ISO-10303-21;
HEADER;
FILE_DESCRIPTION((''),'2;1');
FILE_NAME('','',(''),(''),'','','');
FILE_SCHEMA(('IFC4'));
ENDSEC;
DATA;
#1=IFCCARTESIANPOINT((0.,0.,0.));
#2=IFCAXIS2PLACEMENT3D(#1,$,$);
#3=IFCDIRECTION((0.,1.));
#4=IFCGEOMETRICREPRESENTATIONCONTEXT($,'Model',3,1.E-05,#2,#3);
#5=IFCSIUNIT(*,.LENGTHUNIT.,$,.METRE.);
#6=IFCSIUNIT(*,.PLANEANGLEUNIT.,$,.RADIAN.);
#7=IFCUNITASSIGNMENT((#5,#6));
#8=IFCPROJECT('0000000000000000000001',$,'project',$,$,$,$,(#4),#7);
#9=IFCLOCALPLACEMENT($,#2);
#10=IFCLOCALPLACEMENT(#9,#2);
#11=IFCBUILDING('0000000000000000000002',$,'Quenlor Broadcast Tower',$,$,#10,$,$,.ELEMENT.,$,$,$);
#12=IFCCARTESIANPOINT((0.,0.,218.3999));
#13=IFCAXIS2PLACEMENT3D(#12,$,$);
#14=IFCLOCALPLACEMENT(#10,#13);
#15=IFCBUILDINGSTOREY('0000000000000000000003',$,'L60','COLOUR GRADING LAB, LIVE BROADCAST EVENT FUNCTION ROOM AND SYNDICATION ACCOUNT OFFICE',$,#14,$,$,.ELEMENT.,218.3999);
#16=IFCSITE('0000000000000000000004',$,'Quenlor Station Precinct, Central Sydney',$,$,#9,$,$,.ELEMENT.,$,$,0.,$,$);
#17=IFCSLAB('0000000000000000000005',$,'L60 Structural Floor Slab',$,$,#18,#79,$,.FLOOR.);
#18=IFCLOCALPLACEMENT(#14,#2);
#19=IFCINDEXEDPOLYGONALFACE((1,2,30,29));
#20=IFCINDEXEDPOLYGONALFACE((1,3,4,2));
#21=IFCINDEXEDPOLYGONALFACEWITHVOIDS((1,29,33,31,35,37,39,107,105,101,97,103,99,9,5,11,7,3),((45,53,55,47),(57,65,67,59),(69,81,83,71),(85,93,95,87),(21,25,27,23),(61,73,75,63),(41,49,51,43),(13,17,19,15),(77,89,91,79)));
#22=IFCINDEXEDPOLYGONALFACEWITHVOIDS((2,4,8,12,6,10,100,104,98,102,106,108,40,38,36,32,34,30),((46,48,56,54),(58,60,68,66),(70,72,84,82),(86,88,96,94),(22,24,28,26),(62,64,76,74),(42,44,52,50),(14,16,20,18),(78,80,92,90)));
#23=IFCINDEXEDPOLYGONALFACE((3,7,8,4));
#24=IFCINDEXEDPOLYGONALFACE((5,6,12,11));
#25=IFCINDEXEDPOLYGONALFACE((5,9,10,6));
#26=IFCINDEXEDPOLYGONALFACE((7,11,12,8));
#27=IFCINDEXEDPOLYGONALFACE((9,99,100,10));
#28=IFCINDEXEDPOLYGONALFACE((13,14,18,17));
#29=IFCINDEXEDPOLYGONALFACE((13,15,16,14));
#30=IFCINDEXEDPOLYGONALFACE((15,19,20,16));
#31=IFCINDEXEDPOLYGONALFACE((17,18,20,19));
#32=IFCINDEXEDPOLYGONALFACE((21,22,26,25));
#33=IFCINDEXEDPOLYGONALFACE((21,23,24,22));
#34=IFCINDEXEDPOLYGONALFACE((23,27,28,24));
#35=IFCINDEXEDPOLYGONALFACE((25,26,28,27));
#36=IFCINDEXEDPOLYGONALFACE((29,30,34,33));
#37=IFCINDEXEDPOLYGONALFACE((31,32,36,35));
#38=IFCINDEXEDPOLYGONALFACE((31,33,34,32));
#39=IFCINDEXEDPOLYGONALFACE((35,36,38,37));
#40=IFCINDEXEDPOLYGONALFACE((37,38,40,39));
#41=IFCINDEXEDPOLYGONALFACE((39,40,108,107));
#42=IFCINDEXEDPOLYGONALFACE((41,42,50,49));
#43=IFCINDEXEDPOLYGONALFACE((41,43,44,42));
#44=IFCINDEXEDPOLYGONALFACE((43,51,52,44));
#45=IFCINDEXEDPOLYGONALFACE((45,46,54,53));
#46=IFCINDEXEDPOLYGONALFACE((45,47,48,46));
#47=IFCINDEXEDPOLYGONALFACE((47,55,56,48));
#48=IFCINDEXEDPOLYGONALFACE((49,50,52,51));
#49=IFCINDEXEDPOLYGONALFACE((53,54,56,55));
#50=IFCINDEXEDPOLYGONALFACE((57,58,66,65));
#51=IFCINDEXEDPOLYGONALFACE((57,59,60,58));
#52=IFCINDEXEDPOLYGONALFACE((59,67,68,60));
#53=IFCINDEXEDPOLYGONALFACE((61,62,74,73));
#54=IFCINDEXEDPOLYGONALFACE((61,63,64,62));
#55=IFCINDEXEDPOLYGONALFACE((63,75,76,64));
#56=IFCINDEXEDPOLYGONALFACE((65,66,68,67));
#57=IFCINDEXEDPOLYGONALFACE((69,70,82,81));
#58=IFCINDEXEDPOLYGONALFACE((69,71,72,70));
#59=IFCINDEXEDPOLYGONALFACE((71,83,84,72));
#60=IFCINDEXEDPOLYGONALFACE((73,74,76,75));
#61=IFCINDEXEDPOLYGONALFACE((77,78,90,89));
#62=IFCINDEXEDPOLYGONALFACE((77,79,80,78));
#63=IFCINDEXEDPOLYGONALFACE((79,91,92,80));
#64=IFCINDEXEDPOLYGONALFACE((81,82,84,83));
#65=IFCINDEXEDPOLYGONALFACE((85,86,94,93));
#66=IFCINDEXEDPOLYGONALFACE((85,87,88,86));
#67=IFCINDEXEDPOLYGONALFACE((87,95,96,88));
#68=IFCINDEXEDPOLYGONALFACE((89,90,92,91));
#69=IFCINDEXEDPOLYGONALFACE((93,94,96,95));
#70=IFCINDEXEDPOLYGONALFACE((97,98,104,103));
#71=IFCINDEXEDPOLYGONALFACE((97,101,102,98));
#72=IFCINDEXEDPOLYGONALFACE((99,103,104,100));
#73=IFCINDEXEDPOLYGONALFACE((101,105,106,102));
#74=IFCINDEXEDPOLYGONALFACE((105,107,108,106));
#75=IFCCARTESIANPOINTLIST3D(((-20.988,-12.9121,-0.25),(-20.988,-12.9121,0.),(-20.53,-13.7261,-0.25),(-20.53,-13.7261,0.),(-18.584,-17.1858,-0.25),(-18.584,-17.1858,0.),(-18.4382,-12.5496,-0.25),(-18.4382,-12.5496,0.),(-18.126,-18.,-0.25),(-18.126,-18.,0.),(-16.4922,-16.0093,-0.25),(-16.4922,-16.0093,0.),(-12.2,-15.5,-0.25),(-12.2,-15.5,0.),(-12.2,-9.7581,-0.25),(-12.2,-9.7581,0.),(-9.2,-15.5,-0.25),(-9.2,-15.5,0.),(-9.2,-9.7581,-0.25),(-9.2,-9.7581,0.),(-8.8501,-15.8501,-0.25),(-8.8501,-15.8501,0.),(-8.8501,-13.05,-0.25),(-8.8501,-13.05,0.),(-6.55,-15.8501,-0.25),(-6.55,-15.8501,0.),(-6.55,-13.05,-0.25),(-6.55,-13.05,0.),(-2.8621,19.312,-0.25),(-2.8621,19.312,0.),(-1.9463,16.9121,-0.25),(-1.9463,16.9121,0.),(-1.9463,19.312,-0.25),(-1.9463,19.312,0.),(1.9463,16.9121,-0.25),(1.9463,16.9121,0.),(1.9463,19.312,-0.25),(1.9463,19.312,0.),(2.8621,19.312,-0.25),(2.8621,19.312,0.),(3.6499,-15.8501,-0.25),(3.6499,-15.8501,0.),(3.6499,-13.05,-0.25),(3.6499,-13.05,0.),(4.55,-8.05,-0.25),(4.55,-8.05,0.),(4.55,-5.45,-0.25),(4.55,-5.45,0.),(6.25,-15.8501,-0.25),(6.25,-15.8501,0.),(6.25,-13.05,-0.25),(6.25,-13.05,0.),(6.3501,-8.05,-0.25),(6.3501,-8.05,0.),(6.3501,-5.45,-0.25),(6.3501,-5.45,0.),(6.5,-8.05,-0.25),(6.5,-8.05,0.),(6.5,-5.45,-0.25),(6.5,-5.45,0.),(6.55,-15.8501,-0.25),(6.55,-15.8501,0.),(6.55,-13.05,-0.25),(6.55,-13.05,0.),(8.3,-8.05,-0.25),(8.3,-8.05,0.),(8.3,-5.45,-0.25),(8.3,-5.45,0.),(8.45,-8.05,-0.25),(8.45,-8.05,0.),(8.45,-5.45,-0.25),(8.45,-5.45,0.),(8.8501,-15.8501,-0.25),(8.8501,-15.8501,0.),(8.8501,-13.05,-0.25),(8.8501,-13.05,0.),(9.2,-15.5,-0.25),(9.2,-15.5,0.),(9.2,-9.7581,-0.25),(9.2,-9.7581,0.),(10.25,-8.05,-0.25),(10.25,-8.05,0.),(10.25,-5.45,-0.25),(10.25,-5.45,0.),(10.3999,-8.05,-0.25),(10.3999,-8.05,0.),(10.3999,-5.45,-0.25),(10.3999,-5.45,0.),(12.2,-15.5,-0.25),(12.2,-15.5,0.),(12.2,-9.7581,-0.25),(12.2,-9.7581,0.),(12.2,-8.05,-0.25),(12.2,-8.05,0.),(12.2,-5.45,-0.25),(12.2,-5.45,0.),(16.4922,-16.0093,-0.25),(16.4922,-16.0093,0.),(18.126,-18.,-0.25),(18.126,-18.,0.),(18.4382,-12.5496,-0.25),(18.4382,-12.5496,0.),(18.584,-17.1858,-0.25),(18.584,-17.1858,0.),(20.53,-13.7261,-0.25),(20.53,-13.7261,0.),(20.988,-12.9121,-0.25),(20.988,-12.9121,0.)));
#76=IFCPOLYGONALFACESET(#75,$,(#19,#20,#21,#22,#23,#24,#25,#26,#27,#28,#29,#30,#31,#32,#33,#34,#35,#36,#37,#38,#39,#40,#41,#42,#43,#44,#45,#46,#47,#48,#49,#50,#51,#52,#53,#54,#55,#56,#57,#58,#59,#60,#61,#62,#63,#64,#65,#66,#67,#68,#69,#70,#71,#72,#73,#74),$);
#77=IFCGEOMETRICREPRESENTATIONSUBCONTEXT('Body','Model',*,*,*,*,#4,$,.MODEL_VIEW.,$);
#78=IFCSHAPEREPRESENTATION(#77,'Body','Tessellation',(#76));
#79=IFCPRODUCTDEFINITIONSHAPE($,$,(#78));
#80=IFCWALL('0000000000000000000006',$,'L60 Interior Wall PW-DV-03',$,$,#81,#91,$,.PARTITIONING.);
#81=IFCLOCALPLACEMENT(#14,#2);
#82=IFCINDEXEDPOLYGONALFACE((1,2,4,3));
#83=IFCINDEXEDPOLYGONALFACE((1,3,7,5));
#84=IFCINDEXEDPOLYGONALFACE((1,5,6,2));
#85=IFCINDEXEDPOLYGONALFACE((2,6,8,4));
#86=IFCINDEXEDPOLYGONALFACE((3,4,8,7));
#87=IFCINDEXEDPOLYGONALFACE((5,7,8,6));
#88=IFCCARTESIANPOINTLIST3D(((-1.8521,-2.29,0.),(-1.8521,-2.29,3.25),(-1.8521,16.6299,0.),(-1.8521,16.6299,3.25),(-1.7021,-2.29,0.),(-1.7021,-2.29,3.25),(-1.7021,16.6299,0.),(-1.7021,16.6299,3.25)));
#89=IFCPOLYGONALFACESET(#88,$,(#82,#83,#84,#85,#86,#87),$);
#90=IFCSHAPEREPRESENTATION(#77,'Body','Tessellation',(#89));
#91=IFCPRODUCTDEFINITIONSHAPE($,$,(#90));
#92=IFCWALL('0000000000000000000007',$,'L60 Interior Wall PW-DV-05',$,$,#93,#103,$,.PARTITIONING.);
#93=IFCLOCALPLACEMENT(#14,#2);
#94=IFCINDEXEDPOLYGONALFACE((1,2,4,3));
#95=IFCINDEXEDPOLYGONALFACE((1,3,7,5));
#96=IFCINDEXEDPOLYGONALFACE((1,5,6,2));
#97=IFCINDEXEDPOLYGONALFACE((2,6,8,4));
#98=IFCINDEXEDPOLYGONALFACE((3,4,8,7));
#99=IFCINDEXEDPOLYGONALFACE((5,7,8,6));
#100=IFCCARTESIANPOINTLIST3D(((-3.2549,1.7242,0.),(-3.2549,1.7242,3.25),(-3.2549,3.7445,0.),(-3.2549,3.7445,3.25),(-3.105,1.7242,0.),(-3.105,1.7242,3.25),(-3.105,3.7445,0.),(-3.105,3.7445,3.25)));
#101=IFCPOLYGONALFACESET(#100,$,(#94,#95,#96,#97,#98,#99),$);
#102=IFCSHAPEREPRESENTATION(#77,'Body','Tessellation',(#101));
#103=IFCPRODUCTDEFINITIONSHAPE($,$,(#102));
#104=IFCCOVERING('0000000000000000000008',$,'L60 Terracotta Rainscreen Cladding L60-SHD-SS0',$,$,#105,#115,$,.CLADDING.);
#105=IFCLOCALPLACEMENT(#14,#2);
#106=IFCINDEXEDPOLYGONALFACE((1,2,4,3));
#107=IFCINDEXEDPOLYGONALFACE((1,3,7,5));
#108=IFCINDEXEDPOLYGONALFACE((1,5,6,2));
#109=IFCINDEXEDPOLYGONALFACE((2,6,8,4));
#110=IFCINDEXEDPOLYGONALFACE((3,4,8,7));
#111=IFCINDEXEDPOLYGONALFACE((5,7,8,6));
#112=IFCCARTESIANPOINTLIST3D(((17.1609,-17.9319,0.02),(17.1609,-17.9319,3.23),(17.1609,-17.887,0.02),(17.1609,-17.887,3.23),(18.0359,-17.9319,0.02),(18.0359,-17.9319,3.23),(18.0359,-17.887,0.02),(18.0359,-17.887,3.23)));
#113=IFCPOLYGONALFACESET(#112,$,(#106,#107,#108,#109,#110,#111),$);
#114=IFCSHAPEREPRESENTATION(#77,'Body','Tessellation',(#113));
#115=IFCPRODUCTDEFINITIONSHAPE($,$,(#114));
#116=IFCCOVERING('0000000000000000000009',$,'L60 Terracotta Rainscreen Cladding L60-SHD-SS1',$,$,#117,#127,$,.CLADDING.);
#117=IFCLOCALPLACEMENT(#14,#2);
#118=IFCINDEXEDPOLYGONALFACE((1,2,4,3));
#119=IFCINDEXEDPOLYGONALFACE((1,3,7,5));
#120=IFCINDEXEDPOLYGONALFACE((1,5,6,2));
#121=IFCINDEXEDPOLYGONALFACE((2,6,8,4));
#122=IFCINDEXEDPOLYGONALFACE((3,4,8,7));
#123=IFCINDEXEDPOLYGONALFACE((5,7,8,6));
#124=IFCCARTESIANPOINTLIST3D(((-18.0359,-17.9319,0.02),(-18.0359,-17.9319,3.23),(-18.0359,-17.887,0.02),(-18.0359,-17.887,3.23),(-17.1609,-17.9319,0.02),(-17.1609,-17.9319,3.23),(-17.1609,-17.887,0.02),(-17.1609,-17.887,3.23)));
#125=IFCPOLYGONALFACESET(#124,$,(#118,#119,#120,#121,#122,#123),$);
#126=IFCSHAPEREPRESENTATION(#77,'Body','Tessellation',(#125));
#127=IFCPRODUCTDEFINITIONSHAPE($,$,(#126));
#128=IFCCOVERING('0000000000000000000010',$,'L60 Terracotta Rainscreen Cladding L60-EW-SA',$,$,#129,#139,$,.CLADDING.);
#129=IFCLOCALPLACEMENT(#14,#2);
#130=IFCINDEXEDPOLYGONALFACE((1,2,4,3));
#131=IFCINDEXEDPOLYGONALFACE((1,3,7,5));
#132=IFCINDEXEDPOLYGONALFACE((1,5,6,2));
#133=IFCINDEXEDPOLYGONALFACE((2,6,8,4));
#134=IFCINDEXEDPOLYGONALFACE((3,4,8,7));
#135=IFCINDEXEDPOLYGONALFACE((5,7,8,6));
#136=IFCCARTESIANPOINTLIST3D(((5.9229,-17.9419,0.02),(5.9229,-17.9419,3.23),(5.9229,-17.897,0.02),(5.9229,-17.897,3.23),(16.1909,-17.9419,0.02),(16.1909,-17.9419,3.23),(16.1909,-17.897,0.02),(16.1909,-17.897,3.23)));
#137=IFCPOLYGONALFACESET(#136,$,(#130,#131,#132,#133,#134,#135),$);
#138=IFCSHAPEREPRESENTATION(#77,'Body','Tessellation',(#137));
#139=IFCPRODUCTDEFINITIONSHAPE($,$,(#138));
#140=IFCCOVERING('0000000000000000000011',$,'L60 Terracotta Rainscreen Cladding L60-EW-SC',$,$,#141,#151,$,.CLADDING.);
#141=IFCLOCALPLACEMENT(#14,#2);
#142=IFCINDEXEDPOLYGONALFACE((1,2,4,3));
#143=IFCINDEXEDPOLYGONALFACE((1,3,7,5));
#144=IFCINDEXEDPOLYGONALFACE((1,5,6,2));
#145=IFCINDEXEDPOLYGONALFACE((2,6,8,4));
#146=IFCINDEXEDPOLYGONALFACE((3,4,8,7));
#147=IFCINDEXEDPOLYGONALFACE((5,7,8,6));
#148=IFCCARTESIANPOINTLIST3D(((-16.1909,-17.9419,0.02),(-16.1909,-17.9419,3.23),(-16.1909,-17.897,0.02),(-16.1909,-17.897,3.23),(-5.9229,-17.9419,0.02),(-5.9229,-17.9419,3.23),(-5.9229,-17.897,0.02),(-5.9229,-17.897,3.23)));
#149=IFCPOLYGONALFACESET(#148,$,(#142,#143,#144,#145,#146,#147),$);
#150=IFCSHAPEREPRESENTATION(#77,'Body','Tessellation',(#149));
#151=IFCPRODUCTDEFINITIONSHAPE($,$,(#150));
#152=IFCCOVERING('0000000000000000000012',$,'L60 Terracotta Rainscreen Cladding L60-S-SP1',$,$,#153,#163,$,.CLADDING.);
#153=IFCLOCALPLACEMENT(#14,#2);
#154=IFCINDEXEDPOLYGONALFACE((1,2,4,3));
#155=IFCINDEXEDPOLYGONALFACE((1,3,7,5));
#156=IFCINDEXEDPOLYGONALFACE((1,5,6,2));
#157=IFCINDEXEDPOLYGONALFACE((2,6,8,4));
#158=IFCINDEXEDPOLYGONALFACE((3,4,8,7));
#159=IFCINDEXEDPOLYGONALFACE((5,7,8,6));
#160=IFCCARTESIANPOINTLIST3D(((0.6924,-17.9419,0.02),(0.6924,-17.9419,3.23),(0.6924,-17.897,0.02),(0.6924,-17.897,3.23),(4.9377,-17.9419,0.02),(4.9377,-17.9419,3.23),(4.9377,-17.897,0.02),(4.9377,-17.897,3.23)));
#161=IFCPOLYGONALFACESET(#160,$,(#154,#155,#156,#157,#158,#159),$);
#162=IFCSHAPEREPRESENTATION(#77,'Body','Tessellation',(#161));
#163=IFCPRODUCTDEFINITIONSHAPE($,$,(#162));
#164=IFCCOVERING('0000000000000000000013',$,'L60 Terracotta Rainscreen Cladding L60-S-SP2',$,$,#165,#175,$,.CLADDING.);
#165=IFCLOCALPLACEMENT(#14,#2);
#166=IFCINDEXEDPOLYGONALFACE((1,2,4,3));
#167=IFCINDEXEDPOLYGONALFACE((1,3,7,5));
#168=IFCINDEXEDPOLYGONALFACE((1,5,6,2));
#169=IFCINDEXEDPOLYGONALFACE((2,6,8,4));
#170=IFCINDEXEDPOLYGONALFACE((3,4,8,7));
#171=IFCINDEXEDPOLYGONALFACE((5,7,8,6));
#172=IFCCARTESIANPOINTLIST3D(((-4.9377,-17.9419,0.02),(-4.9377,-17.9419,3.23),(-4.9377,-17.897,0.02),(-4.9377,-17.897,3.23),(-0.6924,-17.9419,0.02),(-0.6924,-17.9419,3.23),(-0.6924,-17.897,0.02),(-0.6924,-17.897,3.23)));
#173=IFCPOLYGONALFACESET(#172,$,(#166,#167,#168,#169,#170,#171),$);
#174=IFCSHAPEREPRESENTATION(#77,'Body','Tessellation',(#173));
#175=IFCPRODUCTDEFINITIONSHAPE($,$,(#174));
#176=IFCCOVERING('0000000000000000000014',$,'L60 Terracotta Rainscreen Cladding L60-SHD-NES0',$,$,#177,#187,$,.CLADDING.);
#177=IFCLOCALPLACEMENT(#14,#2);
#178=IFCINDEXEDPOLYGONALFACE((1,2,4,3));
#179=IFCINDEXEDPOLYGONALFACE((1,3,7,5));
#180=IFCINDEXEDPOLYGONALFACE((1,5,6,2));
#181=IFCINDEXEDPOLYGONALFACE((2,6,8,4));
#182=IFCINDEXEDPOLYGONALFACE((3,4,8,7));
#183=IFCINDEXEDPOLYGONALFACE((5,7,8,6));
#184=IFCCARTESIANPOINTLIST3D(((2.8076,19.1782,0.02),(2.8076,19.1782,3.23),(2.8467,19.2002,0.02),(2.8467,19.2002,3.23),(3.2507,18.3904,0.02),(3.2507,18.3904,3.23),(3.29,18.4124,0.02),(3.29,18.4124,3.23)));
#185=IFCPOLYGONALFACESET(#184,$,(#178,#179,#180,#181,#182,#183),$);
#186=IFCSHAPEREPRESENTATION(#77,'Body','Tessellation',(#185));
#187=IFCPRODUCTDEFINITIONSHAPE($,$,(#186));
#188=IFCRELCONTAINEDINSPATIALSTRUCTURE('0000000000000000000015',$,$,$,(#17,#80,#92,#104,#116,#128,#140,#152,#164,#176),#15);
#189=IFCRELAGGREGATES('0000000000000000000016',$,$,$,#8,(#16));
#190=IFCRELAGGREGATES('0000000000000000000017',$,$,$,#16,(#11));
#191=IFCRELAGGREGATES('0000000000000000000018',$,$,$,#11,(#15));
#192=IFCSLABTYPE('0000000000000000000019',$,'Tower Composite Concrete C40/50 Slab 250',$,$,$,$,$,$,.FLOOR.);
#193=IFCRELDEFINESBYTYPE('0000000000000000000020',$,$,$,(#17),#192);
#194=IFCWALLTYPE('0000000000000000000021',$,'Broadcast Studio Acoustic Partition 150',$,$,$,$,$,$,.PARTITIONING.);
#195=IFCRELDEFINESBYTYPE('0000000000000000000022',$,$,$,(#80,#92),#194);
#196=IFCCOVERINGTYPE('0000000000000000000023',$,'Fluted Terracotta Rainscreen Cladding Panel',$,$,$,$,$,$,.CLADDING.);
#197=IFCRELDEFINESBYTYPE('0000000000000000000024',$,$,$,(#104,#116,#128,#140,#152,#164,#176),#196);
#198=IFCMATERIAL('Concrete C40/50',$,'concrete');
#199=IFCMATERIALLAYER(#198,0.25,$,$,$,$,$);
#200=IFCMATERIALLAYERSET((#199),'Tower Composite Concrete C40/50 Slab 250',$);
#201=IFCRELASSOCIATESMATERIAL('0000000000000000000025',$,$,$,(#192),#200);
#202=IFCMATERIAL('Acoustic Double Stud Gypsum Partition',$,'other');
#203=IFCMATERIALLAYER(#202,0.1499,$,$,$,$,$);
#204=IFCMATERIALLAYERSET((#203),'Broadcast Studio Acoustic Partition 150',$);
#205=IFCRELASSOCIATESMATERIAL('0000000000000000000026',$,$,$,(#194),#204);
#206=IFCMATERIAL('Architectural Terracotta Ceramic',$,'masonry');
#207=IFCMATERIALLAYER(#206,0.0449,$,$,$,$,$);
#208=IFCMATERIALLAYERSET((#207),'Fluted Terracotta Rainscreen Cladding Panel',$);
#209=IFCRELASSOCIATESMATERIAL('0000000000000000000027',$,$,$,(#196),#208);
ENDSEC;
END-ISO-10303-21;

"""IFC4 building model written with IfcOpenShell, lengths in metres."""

from ifc_helpers import new_model, si_unit, direction, frame, frame_2d, origin, place, context, subcontext, project, spatial, polyline, rectangle, outline, extrude, material, layer, layer_set, type_object, element, save


model = new_model("IFC4")

# Units and contexts
model_context = context("Model", 3, precision=1e-05, world=origin(), true_north=direction((0.0, 1.0)))
body_context = subcontext(model_context, "Body", "Model", "MODEL_VIEW")
ifc_project = project(units=[si_unit("LENGTHUNIT", "METRE"), si_unit("PLANEANGLEUNIT", "RADIAN")], contexts=[model_context])

# Site, building, storey
site_placement = place(None, origin())
site = spatial("IfcSite", under=ifc_project, at=site_placement, Name="Quenlor Station Precinct, Central Sydney", CompositionType="ELEMENT", RefElevation=0.0)
building_placement = place(site_placement, origin())
building = spatial("IfcBuilding", under=site, at=building_placement, Name="Quenlor Broadcast Tower", CompositionType="ELEMENT")
storey_placement = place(building_placement, frame((0.0, 0.0, 218.3999)))
storey = spatial("IfcBuildingStorey", under=building, at=storey_placement, Name="L60", Description="COLOUR GRADING LAB, LIVE BROADCAST EVENT FUNCTION ROOM AND SYNDICATION ACCOUNT OFFICE", CompositionType="ELEMENT", Elevation=218.3999)

# Slab
ifc_material_1 = material(Name="Concrete C40/50", Category="concrete")
ifc_layer_1 = layer(ifc_material_1, 0.25)
ifc_layer_set_1 = layer_set([ifc_layer_1], Name="Tower Composite Concrete C40/50 Slab 250")
slab_type = type_object("IfcSlabType", Name="Tower Composite Concrete C40/50 Slab 250", PredefinedType="FLOOR", material=ifc_layer_set_1)
slab_placement = place(storey_placement, frame((0.0, 0.0, -0.25)))
element("IfcSlab", 1, at=slab_placement, inside=storey, type_object=slab_type, Name="L60 Structural Floor Slab", PredefinedType="FLOOR", context=body_context, shape_type="SweptSolid", body=[
    extrude(outline(polyline([(18.126, -18.0), (18.584, -17.1858), (16.4922, -16.0093), (18.4382, -12.5496), (20.53, -13.7261), (20.988, -12.9121), (2.8621, 19.312), (1.9463, 19.312), (1.9463, 16.9121), (-1.9463, 16.9121), (-1.9463, 19.312), (-2.8621, 19.312), (-20.988, -12.9121), (-20.53, -13.7261), (-18.4382, -12.5496), (-16.4922, -16.0093), (-18.584, -17.1858), (-18.126, -18.0), (18.126, -18.0)]), holes=[polyline([(-12.2, -9.7581), (-12.2, -15.5), (-9.2, -15.5), (-9.2, -9.7581), (-12.2, -9.7581)]), polyline([(9.2, -9.7581), (9.2, -15.5), (12.2, -15.5), (12.2, -9.7581), (9.2, -9.7581)]), polyline([(4.55, -8.05), (6.3501, -8.05), (6.3501, -5.45), (4.55, -5.45), (4.55, -8.05)]), polyline([(6.5, -8.05), (8.3, -8.05), (8.3, -5.45), (6.5, -5.45), (6.5, -8.05)]), polyline([(8.45, -8.05), (10.25, -8.05), (10.25, -5.45), (8.45, -5.45), (8.45, -8.05)]), polyline([(10.3999, -8.05), (12.2, -8.05), (12.2, -5.45), (10.3999, -5.45), (10.3999, -8.05)]), polyline([(-8.8501, -15.8501), (-6.55, -15.8501), (-6.55, -13.05), (-8.8501, -13.05), (-8.8501, -15.8501)]), polyline([(6.55, -15.8501), (8.8501, -15.8501), (8.8501, -13.05), (6.55, -13.05), (6.55, -15.8501)]), polyline([(3.6499, -15.8501), (6.25, -15.8501), (6.25, -13.05), (3.6499, -13.05), (3.6499, -15.8501)])]), origin(), (0.0, 0.0, 1.0), 0.25),
])

# Walls
ifc_material_2 = material(Name="Acoustic Double Stud Gypsum Partition", Category="other")
ifc_layer_2 = layer(ifc_material_2, 0.1499)
ifc_layer_set_2 = layer_set([ifc_layer_2], Name="Broadcast Studio Acoustic Partition 150")
wall_type = type_object("IfcWallType", Name="Broadcast Studio Acoustic Partition 150", PredefinedType="PARTITIONING", material=ifc_layer_set_2)
wall_1_placement = place(storey_placement, frame((-1.7771, -2.29, 0.0), z_axis=(0.0, 0.0, 1.0), x_axis=(0.0, 1.0, 0.0)))
element("IfcWall", 2, at=wall_1_placement, inside=storey, type_object=wall_type, Name="L60 Interior Wall PW-DV-03", PredefinedType="PARTITIONING", context=body_context, shape_type="SweptSolid", body=[
    extrude(rectangle(XDim=18.9199, YDim=0.1499, at=frame_2d((9.46, 0.0))), origin(), (0.0, 0.0, 1.0), 3.25),
])
wall_2_placement = place(storey_placement, frame((-3.1799, 1.7241, 0.0), z_axis=(0.0, 0.0, 1.0), x_axis=(0.0, 1.0, 0.0)))
element("IfcWall", 3, at=wall_2_placement, inside=storey, type_object=wall_type, Name="L60 Interior Wall PW-DV-05", PredefinedType="PARTITIONING", context=body_context, shape_type="SweptSolid", body=[
    extrude(rectangle(XDim=2.0203, YDim=0.1499, at=frame_2d((1.0103, 0.0))), origin(), (0.0, 0.0, 1.0), 3.25),
])

# Coverings
ifc_material_3 = material(Name="Architectural Terracotta Ceramic", Category="masonry")
ifc_layer_3 = layer(ifc_material_3, 0.0449)
ifc_layer_set_3 = layer_set([ifc_layer_3], Name="Fluted Terracotta Rainscreen Cladding Panel")
covering_type = type_object("IfcCoveringType", Name="Fluted Terracotta Rainscreen Cladding Panel", PredefinedType="CLADDING", material=ifc_layer_set_3)
covering_1_placement = place(storey_placement, frame((0.0, 0.0, 0.02)))
element("IfcCovering", 4, at=covering_1_placement, inside=storey, type_object=covering_type, Name="L60 Terracotta Rainscreen Cladding L60-SHD-SS0", PredefinedType="CLADDING", context=body_context, shape_type="SweptSolid", body=[
    extrude(outline(polyline([(18.0359, -17.887), (17.1609, -17.887), (17.1609, -17.9319), (18.0359, -17.9319), (18.0359, -17.887)])), origin(), (0.0, 0.0, 1.0), 3.21),
])
covering_2_placement = place(storey_placement, frame((0.0, 0.0, 0.02)))
element("IfcCovering", 5, at=covering_2_placement, inside=storey, type_object=covering_type, Name="L60 Terracotta Rainscreen Cladding L60-SHD-SS1", PredefinedType="CLADDING", context=body_context, shape_type="SweptSolid", body=[
    extrude(outline(polyline([(-17.1609, -17.887), (-18.0359, -17.887), (-18.0359, -17.9319), (-17.1609, -17.9319), (-17.1609, -17.887)])), origin(), (0.0, 0.0, 1.0), 3.21),
])
covering_3_placement = place(storey_placement, frame((0.0, 0.0, 0.02)))
element("IfcCovering", 6, at=covering_3_placement, inside=storey, type_object=covering_type, Name="L60 Terracotta Rainscreen Cladding L60-EW-SA", PredefinedType="CLADDING", context=body_context, shape_type="SweptSolid", body=[
    extrude(outline(polyline([(16.1909, -17.897), (5.9229, -17.897), (5.9229, -17.9419), (16.1909, -17.9419), (16.1909, -17.897)])), origin(), (0.0, 0.0, 1.0), 3.21),
])
covering_4_placement = place(storey_placement, frame((0.0, 0.0, 0.02)))
element("IfcCovering", 7, at=covering_4_placement, inside=storey, type_object=covering_type, Name="L60 Terracotta Rainscreen Cladding L60-EW-SC", PredefinedType="CLADDING", context=body_context, shape_type="SweptSolid", body=[
    extrude(outline(polyline([(-5.9229, -17.897), (-16.1909, -17.897), (-16.1909, -17.9419), (-5.9229, -17.9419), (-5.9229, -17.897)])), origin(), (0.0, 0.0, 1.0), 3.21),
])
covering_5_placement = place(storey_placement, frame((0.0, 0.0, 0.02)))
element("IfcCovering", 8, at=covering_5_placement, inside=storey, type_object=covering_type, Name="L60 Terracotta Rainscreen Cladding L60-S-SP1", PredefinedType="CLADDING", context=body_context, shape_type="SweptSolid", body=[
    extrude(outline(polyline([(4.9377, -17.897), (0.6924, -17.897), (0.6924, -17.9419), (4.9377, -17.9419), (4.9377, -17.897)])), origin(), (0.0, 0.0, 1.0), 3.21),
])
covering_6_placement = place(storey_placement, frame((0.0, 0.0, 0.02)))
element("IfcCovering", 9, at=covering_6_placement, inside=storey, type_object=covering_type, Name="L60 Terracotta Rainscreen Cladding L60-S-SP2", PredefinedType="CLADDING", context=body_context, shape_type="SweptSolid", body=[
    extrude(outline(polyline([(-0.6924, -17.897), (-4.9377, -17.897), (-4.9377, -17.9419), (-0.6924, -17.9419), (-0.6924, -17.897)])), origin(), (0.0, 0.0, 1.0), 3.21),
])
covering_7_placement = place(storey_placement, frame((0.0, 0.0, 0.02)))
element("IfcCovering", 10, at=covering_7_placement, inside=storey, type_object=covering_type, Name="L60 Terracotta Rainscreen Cladding L60-SHD-NES0", PredefinedType="CLADDING", context=body_context, shape_type="SweptSolid", body=[
    extrude(outline(polyline([(2.8076, 19.1782), (3.2507, 18.3904), (3.29, 18.4124), (2.8467, 19.2002), (2.8076, 19.1782)])), origin(), (0.0, 0.0, 1.0), 3.21),
])

save(model, "model.ifc")
